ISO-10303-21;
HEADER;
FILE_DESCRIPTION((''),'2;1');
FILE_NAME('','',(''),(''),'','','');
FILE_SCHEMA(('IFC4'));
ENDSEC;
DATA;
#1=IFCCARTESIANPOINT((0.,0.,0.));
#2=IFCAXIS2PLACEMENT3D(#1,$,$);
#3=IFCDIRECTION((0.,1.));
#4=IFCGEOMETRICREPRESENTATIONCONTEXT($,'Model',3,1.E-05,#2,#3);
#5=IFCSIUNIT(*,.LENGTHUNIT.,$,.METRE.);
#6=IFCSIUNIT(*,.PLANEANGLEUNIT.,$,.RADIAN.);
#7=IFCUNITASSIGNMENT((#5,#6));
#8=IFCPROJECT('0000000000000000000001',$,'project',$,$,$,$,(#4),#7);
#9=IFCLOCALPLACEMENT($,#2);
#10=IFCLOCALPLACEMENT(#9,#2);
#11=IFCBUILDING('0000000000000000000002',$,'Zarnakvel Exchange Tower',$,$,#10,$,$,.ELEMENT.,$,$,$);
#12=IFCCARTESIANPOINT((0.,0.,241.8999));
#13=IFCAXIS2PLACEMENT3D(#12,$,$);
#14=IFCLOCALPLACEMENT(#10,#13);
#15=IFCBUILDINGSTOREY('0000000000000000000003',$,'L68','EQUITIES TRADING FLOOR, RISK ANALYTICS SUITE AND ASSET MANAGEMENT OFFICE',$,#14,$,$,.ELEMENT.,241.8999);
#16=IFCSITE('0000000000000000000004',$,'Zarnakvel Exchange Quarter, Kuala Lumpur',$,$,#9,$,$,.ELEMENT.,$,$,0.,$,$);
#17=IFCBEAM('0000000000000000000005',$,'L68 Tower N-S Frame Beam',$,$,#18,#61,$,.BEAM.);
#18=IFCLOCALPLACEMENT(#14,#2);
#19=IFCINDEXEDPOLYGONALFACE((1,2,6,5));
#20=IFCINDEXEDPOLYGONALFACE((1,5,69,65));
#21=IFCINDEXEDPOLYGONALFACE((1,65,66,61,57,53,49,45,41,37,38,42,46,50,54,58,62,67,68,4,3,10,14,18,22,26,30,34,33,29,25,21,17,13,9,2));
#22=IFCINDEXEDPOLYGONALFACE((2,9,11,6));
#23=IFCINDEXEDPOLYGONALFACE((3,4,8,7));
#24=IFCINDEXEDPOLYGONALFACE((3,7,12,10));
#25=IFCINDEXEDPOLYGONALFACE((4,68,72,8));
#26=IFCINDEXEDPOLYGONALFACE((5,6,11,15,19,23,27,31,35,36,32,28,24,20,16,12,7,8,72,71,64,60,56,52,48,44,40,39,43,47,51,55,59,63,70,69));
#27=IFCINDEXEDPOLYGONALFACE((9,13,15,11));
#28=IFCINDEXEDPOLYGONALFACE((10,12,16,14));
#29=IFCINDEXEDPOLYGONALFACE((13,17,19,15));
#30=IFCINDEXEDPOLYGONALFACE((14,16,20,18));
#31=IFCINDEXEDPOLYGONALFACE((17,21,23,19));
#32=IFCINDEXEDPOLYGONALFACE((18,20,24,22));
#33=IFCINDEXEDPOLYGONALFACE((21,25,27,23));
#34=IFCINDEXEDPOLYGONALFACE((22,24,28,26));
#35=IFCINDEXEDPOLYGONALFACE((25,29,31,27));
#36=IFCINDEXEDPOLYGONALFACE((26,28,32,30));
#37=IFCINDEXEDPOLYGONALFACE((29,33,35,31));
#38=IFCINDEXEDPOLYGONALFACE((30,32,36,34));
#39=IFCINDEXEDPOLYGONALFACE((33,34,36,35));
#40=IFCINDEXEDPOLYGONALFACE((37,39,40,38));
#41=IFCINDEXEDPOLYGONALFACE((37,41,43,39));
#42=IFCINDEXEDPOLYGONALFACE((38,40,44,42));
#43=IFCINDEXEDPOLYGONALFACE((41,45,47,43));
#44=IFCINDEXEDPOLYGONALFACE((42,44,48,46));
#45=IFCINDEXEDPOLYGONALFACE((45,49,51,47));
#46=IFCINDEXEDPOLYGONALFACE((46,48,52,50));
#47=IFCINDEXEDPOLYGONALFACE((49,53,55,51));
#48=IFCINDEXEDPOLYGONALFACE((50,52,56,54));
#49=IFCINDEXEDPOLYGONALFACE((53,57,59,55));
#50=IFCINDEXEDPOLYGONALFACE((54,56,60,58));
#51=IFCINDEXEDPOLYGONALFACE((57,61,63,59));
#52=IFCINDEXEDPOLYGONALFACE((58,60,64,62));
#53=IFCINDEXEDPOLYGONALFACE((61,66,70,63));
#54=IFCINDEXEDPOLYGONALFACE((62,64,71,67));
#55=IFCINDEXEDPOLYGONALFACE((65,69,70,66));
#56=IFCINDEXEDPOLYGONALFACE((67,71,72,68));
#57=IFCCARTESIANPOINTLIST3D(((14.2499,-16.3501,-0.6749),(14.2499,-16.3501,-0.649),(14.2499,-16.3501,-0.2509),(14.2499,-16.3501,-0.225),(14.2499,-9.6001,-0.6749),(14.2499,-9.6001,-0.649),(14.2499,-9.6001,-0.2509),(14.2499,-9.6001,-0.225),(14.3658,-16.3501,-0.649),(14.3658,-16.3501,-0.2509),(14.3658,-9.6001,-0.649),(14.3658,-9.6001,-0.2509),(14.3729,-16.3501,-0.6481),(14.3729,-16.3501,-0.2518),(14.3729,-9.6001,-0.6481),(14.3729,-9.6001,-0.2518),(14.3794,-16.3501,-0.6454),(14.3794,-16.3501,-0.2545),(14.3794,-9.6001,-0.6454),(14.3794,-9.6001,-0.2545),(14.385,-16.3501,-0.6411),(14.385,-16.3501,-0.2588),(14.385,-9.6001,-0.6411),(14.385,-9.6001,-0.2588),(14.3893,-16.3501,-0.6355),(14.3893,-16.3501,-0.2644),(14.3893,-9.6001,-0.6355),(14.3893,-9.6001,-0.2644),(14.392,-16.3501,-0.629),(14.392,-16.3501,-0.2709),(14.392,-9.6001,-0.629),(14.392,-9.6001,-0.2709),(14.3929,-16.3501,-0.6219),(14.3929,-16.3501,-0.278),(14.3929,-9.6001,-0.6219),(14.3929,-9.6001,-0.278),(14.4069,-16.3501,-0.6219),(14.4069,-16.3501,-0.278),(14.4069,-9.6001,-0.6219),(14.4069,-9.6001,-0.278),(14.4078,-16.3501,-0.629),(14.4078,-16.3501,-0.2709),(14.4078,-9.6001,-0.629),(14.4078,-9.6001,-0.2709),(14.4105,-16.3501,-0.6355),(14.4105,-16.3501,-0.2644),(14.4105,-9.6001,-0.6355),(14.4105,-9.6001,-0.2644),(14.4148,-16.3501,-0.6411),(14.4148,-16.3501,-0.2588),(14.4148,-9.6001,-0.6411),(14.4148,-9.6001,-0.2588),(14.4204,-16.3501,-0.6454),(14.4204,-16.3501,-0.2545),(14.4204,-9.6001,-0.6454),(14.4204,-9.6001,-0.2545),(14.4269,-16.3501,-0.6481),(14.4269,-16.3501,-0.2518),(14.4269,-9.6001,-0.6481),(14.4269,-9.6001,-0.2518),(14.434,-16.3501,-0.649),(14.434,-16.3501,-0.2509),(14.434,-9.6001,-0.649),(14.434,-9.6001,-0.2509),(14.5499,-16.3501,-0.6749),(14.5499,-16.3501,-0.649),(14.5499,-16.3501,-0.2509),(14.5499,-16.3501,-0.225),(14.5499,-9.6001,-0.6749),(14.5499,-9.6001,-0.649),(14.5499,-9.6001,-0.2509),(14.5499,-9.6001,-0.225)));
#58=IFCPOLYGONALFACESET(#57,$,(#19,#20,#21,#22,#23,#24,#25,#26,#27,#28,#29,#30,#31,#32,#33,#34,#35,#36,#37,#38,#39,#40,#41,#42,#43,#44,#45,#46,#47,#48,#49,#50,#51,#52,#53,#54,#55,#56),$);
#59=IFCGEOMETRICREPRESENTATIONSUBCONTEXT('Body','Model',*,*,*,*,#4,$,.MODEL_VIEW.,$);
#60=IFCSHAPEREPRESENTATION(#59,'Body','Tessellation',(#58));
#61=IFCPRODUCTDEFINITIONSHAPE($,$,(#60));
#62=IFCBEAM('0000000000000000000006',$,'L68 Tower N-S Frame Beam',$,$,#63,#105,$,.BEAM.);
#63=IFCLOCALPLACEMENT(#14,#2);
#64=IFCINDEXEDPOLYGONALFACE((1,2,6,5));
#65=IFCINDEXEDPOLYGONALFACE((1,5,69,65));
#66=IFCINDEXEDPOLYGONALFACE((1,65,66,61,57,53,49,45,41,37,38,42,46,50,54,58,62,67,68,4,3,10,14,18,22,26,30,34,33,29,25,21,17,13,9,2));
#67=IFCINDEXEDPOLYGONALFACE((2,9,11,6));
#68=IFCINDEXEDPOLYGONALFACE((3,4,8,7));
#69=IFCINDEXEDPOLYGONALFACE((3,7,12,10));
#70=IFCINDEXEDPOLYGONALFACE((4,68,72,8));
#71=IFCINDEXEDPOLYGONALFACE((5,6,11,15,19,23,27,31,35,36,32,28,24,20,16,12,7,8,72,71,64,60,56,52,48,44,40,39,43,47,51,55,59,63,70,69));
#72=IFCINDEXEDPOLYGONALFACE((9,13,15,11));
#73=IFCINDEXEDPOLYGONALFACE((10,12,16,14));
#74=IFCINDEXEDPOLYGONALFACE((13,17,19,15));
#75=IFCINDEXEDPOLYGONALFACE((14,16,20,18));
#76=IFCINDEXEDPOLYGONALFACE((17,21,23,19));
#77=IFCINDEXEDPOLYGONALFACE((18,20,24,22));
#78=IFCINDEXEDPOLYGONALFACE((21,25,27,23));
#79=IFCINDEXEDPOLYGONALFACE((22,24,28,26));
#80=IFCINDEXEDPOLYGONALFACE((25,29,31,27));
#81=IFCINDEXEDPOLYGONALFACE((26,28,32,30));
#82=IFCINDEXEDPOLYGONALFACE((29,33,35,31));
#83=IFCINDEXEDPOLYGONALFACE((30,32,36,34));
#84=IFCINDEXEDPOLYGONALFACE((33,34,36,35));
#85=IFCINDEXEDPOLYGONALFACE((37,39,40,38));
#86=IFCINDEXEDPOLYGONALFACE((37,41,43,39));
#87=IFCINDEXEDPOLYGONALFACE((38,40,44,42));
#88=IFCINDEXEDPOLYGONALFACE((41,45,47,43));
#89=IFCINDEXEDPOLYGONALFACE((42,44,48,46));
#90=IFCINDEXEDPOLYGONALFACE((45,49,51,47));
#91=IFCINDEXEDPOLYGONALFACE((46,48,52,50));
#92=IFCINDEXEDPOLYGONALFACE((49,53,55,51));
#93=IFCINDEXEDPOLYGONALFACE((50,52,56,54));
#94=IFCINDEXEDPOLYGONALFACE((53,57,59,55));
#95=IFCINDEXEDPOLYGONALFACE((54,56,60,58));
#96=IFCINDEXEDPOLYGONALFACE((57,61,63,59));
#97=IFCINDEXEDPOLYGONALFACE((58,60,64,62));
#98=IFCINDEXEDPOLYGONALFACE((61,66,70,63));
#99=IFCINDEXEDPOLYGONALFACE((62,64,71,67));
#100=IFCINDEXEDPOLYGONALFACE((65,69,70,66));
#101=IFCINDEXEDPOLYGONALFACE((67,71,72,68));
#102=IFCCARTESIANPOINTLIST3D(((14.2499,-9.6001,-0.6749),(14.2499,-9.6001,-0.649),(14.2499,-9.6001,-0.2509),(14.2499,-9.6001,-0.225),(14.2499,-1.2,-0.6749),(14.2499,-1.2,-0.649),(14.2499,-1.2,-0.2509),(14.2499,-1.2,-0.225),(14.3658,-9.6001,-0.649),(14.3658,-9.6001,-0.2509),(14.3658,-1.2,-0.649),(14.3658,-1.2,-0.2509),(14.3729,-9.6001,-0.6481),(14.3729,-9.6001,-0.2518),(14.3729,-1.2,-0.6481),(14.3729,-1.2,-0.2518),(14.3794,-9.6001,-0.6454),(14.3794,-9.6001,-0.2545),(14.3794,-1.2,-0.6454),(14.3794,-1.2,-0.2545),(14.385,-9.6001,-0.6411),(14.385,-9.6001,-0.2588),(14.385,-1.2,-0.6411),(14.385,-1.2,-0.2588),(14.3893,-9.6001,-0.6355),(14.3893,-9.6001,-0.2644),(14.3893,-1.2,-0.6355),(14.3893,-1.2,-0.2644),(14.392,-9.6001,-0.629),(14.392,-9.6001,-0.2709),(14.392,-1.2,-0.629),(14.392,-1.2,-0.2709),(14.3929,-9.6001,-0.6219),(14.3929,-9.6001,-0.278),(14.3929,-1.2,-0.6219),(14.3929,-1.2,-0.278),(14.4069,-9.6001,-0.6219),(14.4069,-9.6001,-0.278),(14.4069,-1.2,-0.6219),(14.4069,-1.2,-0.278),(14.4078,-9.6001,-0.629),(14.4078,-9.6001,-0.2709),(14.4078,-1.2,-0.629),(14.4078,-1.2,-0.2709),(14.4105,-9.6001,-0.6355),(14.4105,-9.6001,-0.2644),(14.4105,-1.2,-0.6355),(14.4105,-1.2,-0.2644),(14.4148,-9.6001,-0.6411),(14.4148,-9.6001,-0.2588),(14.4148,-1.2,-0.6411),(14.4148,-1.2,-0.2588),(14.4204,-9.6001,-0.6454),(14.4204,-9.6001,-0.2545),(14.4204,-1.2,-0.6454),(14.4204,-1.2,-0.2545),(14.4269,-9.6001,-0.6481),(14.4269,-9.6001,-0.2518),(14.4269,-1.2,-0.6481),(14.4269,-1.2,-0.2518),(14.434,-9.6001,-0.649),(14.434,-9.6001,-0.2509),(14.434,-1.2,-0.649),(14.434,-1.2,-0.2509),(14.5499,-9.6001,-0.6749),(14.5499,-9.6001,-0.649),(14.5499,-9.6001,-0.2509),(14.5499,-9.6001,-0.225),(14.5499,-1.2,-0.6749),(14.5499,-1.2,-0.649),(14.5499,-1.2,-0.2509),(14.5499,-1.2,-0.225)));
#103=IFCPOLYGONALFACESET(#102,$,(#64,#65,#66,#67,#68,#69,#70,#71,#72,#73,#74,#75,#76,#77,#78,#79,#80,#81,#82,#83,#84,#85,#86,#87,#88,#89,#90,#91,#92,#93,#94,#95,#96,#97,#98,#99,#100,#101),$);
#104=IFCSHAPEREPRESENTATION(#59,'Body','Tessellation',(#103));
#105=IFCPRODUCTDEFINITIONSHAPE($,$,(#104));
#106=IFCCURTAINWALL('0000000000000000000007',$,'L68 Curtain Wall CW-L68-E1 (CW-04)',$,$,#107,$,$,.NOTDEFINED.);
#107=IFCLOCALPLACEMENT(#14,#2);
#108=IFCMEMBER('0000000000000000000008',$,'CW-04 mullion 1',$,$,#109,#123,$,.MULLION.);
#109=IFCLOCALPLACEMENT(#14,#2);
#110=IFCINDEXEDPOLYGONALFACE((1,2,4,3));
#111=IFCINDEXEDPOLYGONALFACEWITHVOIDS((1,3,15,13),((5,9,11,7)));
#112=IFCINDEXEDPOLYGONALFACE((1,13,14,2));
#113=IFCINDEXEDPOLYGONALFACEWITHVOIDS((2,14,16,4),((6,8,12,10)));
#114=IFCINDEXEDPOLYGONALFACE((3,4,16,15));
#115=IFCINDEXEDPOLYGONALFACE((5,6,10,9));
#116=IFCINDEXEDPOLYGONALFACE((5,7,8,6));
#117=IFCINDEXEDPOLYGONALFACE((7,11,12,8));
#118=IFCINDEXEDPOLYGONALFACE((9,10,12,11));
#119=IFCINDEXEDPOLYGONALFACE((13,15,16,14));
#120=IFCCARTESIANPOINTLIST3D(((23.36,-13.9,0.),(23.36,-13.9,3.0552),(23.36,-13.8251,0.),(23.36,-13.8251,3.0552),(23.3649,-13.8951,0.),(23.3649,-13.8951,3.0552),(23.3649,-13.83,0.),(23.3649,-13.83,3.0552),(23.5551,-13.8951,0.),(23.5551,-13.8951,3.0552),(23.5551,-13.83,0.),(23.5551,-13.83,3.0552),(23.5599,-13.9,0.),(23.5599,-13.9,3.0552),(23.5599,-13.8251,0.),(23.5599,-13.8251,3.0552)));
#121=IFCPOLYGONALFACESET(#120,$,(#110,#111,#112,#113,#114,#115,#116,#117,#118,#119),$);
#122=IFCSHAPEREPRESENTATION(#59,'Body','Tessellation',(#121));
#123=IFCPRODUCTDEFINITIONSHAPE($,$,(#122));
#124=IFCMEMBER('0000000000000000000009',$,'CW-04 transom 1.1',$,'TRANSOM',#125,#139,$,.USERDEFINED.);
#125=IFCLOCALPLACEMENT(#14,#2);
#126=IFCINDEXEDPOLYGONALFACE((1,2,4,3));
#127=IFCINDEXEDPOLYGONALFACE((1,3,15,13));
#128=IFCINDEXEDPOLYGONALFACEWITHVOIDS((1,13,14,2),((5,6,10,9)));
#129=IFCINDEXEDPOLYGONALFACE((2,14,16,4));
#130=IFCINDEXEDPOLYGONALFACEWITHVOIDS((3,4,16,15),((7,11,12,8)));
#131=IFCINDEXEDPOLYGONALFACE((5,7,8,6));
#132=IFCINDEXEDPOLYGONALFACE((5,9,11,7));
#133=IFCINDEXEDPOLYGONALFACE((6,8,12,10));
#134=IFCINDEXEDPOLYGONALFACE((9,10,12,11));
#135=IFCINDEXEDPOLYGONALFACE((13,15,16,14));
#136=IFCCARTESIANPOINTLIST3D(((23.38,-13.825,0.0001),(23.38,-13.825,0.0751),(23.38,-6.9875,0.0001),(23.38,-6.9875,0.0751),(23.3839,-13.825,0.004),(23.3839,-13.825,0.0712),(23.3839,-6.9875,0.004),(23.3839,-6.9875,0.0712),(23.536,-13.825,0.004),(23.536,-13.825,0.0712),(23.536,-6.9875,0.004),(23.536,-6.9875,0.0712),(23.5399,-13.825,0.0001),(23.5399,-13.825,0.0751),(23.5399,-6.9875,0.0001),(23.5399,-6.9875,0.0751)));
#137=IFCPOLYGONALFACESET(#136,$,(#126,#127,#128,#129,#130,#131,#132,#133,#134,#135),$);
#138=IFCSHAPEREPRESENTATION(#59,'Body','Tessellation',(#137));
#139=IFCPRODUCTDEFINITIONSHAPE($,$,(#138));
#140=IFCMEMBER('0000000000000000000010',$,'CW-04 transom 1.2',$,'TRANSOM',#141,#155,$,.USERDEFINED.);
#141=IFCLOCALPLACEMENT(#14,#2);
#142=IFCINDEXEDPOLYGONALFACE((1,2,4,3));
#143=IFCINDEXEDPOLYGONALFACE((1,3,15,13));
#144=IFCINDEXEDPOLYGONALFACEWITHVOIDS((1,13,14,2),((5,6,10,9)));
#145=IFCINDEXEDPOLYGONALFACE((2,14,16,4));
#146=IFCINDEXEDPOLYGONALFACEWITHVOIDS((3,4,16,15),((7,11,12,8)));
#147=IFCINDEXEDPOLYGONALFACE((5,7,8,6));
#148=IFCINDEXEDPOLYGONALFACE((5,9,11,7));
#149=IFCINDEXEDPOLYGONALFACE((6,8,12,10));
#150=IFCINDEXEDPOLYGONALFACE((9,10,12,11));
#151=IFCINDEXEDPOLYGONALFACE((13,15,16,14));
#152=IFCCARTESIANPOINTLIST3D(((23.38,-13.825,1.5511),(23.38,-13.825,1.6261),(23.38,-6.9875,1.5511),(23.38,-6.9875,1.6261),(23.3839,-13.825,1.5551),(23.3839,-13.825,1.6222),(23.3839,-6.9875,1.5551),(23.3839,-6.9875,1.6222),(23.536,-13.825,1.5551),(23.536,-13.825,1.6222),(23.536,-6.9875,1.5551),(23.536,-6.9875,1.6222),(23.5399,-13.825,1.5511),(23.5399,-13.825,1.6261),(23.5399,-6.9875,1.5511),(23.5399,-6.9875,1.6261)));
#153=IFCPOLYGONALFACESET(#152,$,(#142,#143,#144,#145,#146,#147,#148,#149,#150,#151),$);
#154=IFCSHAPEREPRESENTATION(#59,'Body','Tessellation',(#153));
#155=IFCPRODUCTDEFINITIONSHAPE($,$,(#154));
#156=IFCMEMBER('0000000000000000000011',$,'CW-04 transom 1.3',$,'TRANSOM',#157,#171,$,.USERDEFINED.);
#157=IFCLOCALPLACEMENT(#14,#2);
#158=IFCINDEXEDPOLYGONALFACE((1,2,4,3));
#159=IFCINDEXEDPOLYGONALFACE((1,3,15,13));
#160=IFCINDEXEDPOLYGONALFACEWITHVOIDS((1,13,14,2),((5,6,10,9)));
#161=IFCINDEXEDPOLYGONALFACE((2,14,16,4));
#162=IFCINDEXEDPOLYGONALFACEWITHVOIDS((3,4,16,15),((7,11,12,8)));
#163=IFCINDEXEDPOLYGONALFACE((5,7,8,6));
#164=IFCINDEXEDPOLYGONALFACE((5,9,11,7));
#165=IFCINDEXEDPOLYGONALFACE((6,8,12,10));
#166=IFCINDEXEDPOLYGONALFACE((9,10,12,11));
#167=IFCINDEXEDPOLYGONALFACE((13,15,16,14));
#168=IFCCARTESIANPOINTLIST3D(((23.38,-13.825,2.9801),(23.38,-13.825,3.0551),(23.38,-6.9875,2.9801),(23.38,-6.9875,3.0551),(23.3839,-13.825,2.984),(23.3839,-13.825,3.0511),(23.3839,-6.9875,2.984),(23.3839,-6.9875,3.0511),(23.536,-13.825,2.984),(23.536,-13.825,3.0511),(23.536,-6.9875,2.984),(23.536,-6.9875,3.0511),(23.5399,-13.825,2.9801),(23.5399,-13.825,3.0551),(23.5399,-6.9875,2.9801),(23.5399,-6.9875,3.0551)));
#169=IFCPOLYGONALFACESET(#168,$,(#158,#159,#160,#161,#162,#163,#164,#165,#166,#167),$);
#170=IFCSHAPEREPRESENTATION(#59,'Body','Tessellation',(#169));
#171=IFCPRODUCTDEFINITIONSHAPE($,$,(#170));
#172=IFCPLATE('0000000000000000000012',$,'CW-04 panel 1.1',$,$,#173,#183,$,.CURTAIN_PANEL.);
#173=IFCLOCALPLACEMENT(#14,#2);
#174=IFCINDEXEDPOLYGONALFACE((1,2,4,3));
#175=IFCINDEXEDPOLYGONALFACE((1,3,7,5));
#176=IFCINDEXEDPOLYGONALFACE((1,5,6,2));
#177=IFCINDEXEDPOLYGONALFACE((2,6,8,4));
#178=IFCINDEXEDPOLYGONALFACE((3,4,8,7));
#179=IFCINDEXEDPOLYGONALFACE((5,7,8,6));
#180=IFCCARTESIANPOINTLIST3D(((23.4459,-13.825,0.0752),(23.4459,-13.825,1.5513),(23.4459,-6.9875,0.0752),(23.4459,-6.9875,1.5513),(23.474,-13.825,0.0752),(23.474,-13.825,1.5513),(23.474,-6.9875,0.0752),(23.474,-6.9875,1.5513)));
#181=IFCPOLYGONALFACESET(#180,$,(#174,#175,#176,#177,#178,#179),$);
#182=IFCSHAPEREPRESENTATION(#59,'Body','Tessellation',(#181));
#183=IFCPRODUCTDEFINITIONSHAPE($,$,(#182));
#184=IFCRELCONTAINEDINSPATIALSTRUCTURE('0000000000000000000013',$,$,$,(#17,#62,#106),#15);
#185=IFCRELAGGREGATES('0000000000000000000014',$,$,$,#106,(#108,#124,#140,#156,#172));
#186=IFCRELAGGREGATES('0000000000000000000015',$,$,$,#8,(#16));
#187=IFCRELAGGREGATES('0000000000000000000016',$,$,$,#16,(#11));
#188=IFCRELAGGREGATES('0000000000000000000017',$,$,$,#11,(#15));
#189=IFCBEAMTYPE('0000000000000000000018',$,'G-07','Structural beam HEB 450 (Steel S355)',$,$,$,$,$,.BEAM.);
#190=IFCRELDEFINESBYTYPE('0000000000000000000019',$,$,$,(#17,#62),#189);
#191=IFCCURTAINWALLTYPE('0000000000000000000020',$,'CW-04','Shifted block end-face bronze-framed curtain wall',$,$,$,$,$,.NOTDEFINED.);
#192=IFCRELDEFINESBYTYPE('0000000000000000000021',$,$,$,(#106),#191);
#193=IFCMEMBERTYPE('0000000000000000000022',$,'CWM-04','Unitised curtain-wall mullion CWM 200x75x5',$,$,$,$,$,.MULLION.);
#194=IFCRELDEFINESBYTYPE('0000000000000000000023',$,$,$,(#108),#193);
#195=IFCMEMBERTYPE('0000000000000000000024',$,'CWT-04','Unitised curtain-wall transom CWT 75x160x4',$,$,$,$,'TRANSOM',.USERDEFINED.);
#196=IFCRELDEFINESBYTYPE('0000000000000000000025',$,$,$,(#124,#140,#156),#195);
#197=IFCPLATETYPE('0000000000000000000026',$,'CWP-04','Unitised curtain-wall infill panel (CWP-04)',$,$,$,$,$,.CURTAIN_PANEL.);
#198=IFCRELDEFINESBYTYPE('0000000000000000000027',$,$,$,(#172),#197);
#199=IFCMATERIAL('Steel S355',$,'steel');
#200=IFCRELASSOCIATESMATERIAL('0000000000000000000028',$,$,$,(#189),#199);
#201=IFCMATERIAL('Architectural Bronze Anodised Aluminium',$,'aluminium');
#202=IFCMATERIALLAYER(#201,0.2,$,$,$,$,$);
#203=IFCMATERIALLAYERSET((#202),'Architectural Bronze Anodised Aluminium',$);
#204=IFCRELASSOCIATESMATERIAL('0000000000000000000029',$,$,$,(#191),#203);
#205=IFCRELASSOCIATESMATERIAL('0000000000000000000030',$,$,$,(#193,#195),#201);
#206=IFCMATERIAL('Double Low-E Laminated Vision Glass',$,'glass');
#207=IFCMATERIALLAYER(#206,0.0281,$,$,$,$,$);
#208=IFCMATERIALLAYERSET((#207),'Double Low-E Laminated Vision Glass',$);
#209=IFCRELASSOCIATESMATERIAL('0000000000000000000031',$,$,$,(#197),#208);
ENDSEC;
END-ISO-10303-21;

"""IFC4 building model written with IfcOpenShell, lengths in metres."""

from ifc_helpers import new_model, si_unit, direction, frame, origin, origin_2d, place, context, subcontext, project, spatial, rectangle, hollow_rectangle, i_section, extrude, source, transform, mapped, material, layer, layer_set, material_profile, profile_set, type_object, element, aggregate, save


model = new_model("IFC4")

# Units and contexts
model_context = context("Model", 3, precision=1e-05, world=origin(), true_north=direction((0.0, 1.0)))
body_context = subcontext(model_context, "Body", "Model", "MODEL_VIEW")
ifc_project = project(units=[si_unit("LENGTHUNIT", "METRE"), si_unit("PLANEANGLEUNIT", "RADIAN")], contexts=[model_context])

# Site, building, storey
site_placement = place(None, origin())
site = spatial("IfcSite", under=ifc_project, at=site_placement, Name="Zarnakvel Exchange Quarter, Kuala Lumpur", CompositionType="ELEMENT", RefElevation=0.0)
building_placement = place(site_placement, origin())
building = spatial("IfcBuilding", under=site, at=building_placement, Name="Zarnakvel Exchange Tower", CompositionType="ELEMENT")
storey_placement = place(building_placement, frame((0.0, 0.0, 241.8999)))
storey = spatial("IfcBuildingStorey", under=building, at=storey_placement, Name="L68", Description="EQUITIES TRADING FLOOR, RISK ANALYTICS SUITE AND ASSET MANAGEMENT OFFICE", CompositionType="ELEMENT", Elevation=241.8999)

# Shared definitions
ifc_material_1 = material(Name="Steel S355", Category="steel")

# Beams
ifc_material_profile_1 = material_profile(ifc_material_1, i_section(OverallWidth=0.3, OverallDepth=0.45, WebThickness=0.0139, FlangeThickness=0.0259, FilletRadius=0.0271, at=origin_2d()))
ifc_profile_set_1 = profile_set([ifc_material_profile_1], Name="Steel S355")
beam_type_1 = type_object("IfcBeamType", Name="G-07", Description="Structural beam HEB 450 (Steel S355)", PredefinedType="BEAM", material=ifc_profile_set_1)
beam_1_placement = place(storey_placement, frame((14.3999, -16.3501, -0.45), z_axis=(0.0, 1.0, 0.0), x_axis=(-1.0, 0.0, 0.0)))
element("IfcBeam", 1, at=beam_1_placement, inside=storey, type_object=beam_type_1, Name="L68 Tower N-S Frame Beam", PredefinedType="BEAM", context=body_context, shape_type="SweptSolid", body=[
    extrude(i_section(OverallWidth=0.3, OverallDepth=0.45, WebThickness=0.0139, FlangeThickness=0.0259, FilletRadius=0.0271, at=origin_2d()), origin(), (0.0, 0.0, 1.0), 6.75),
])
beam_2_placement = place(storey_placement, frame((14.3999, -9.6001, -0.45), z_axis=(0.0, 1.0, 0.0), x_axis=(-1.0, 0.0, 0.0)))
element("IfcBeam", 2, at=beam_2_placement, inside=storey, type_object=beam_type_1, Name="L68 Tower N-S Frame Beam", PredefinedType="BEAM", context=body_context, shape_type="SweptSolid", body=[
    extrude(i_section(OverallWidth=0.3, OverallDepth=0.45, WebThickness=0.0139, FlangeThickness=0.0259, FilletRadius=0.0271, at=origin_2d()), origin(), (0.0, 0.0, 1.0), 8.4001),
])

# Curtain wall, members, plate
ifc_material_2 = material(Name="Architectural Bronze Anodised Aluminium", Category="aluminium")
ifc_layer_1 = layer(ifc_material_2, 0.2)
ifc_layer_set_1 = layer_set([ifc_layer_1], Name="Architectural Bronze Anodised Aluminium")
curtain_wall_type = type_object("IfcCurtainWallType", Name="CW-04", Description="Shifted block end-face bronze-framed curtain wall", PredefinedType="NOTDEFINED", material=ifc_layer_set_1)
curtain_wall_placement = place(storey_placement, origin())
curtain_wall = element("IfcCurtainWall", 3, at=curtain_wall_placement, inside=storey, type_object=curtain_wall_type, Name="L68 Curtain Wall CW-L68-E1 (CW-04)", PredefinedType="NOTDEFINED")
ifc_material_profile_2 = material_profile(ifc_material_2, hollow_rectangle(XDim=0.2, YDim=0.075, WallThickness=0.0049, at=origin_2d()))
ifc_profile_set_2 = profile_set([ifc_material_profile_2], Name="Architectural Bronze Anodised Aluminium")
member_type_1 = type_object("IfcMemberType", Name="CWM-04", Description="Unitised curtain-wall mullion CWM 200x75x5", PredefinedType="MULLION", material=ifc_profile_set_2)
shared_shape_1 = source(origin(), body_context, "Body", "SweptSolid", [
    extrude(hollow_rectangle(XDim=0.2, YDim=0.075, WallThickness=0.0049, at=origin_2d()), origin(), (0.0, 0.0, 1.0), 3.0552),
])
member_1_placement = place(storey_placement, frame((23.46, -13.8625, 0.0), z_axis=(0.0, 0.0, 1.0), x_axis=(-1.0, 0.0, 0.0)))
member_1 = element("IfcMember", 4, at=member_1_placement, type_object=member_type_1, Name="CW-04 mullion 1", PredefinedType="MULLION", context=body_context, shape_type="MappedRepresentation", body=[
    mapped(shared_shape_1, transform((0.0, 0.0, 0.0), x_axis=(1.0, 0.0, 0.0), y_axis=(0.0, 1.0, 0.0), z_axis=(0.0, 0.0, 1.0), scale=1.0)),
])
ifc_material_profile_3 = material_profile(ifc_material_2, hollow_rectangle(XDim=0.1599, YDim=0.075, WallThickness=0.0039, at=origin_2d()))
ifc_profile_set_3 = profile_set([ifc_material_profile_3], Name="Architectural Bronze Anodised Aluminium")
member_type_2 = type_object("IfcMemberType", Name="CWT-04", Description="Unitised curtain-wall transom CWT 75x160x4", ElementType="TRANSOM", PredefinedType="USERDEFINED", material=ifc_profile_set_3)
shared_shape_2 = source(origin(), body_context, "Body", "SweptSolid", [
    extrude(hollow_rectangle(XDim=0.1599, YDim=0.075, WallThickness=0.0039, at=origin_2d()), origin(), (0.0, 0.0, 1.0), 6.8374),
])
member_2_placement = place(storey_placement, frame((23.46, -13.825, 0.0376), z_axis=(0.0, 1.0, 0.0), x_axis=(-1.0, 0.0, 0.0)))
member_2 = element("IfcMember", 5, at=member_2_placement, type_object=member_type_2, Name="CW-04 transom 1.1", ObjectType="TRANSOM", PredefinedType="USERDEFINED", context=body_context, shape_type="MappedRepresentation", body=[
    mapped(shared_shape_2, transform((0.0, 0.0, 0.0), x_axis=(1.0, 0.0, 0.0), y_axis=(0.0, 1.0, 0.0), z_axis=(0.0, 0.0, 1.0), scale=1.0)),
])
member_3_placement = place(storey_placement, frame((23.46, -13.825, 1.5886), z_axis=(0.0, 1.0, 0.0), x_axis=(-1.0, 0.0, 0.0)))
member_3 = element("IfcMember", 6, at=member_3_placement, type_object=member_type_2, Name="CW-04 transom 1.2", ObjectType="TRANSOM", PredefinedType="USERDEFINED", context=body_context, shape_type="MappedRepresentation", body=[
    mapped(shared_shape_2, transform((0.0, 0.0, 0.0), x_axis=(1.0, 0.0, 0.0), y_axis=(0.0, 1.0, 0.0), z_axis=(0.0, 0.0, 1.0), scale=1.0)),
])
member_4_placement = place(storey_placement, frame((23.46, -13.825, 3.0176), z_axis=(0.0, 1.0, 0.0), x_axis=(-1.0, 0.0, 0.0)))
member_4 = element("IfcMember", 7, at=member_4_placement, type_object=member_type_2, Name="CW-04 transom 1.3", ObjectType="TRANSOM", PredefinedType="USERDEFINED", context=body_context, shape_type="MappedRepresentation", body=[
    mapped(shared_shape_2, transform((0.0, 0.0, 0.0), x_axis=(1.0, 0.0, 0.0), y_axis=(0.0, 1.0, 0.0), z_axis=(0.0, 0.0, 1.0), scale=1.0)),
])
ifc_material_3 = material(Name="Double Low-E Laminated Vision Glass", Category="glass")
ifc_layer_2 = layer(ifc_material_3, 0.0281)
ifc_layer_set_2 = layer_set([ifc_layer_2], Name="Double Low-E Laminated Vision Glass")
plate_type = type_object("IfcPlateType", Name="CWP-04", Description="Unitised curtain-wall infill panel (CWP-04)", PredefinedType="CURTAIN_PANEL", material=ifc_layer_set_2)
shared_shape_3 = source(origin(), body_context, "Body", "SweptSolid", [
    extrude(rectangle(XDim=6.8374, YDim=0.0281, at=origin_2d()), origin(), (0.0, 0.0, 1.0), 1.4761),
])
plate_1_placement = place(storey_placement, frame((23.46, -10.4062, 0.0752), z_axis=(0.0, 0.0, 1.0), x_axis=(0.0, 1.0, 0.0)))
plate_1 = element("IfcPlate", 8, at=plate_1_placement, type_object=plate_type, Name="CW-04 panel 1.1", PredefinedType="CURTAIN_PANEL", context=body_context, shape_type="MappedRepresentation", body=[
    mapped(shared_shape_3, transform((0.0, 0.0, 0.0), x_axis=(1.0, 0.0, 0.0), y_axis=(0.0, 1.0, 0.0), z_axis=(0.0, 0.0, 1.0), scale=1.0)),
])
aggregate(curtain_wall, [member_1, member_2, member_3, member_4, plate_1])

save(model, "model.ifc")
